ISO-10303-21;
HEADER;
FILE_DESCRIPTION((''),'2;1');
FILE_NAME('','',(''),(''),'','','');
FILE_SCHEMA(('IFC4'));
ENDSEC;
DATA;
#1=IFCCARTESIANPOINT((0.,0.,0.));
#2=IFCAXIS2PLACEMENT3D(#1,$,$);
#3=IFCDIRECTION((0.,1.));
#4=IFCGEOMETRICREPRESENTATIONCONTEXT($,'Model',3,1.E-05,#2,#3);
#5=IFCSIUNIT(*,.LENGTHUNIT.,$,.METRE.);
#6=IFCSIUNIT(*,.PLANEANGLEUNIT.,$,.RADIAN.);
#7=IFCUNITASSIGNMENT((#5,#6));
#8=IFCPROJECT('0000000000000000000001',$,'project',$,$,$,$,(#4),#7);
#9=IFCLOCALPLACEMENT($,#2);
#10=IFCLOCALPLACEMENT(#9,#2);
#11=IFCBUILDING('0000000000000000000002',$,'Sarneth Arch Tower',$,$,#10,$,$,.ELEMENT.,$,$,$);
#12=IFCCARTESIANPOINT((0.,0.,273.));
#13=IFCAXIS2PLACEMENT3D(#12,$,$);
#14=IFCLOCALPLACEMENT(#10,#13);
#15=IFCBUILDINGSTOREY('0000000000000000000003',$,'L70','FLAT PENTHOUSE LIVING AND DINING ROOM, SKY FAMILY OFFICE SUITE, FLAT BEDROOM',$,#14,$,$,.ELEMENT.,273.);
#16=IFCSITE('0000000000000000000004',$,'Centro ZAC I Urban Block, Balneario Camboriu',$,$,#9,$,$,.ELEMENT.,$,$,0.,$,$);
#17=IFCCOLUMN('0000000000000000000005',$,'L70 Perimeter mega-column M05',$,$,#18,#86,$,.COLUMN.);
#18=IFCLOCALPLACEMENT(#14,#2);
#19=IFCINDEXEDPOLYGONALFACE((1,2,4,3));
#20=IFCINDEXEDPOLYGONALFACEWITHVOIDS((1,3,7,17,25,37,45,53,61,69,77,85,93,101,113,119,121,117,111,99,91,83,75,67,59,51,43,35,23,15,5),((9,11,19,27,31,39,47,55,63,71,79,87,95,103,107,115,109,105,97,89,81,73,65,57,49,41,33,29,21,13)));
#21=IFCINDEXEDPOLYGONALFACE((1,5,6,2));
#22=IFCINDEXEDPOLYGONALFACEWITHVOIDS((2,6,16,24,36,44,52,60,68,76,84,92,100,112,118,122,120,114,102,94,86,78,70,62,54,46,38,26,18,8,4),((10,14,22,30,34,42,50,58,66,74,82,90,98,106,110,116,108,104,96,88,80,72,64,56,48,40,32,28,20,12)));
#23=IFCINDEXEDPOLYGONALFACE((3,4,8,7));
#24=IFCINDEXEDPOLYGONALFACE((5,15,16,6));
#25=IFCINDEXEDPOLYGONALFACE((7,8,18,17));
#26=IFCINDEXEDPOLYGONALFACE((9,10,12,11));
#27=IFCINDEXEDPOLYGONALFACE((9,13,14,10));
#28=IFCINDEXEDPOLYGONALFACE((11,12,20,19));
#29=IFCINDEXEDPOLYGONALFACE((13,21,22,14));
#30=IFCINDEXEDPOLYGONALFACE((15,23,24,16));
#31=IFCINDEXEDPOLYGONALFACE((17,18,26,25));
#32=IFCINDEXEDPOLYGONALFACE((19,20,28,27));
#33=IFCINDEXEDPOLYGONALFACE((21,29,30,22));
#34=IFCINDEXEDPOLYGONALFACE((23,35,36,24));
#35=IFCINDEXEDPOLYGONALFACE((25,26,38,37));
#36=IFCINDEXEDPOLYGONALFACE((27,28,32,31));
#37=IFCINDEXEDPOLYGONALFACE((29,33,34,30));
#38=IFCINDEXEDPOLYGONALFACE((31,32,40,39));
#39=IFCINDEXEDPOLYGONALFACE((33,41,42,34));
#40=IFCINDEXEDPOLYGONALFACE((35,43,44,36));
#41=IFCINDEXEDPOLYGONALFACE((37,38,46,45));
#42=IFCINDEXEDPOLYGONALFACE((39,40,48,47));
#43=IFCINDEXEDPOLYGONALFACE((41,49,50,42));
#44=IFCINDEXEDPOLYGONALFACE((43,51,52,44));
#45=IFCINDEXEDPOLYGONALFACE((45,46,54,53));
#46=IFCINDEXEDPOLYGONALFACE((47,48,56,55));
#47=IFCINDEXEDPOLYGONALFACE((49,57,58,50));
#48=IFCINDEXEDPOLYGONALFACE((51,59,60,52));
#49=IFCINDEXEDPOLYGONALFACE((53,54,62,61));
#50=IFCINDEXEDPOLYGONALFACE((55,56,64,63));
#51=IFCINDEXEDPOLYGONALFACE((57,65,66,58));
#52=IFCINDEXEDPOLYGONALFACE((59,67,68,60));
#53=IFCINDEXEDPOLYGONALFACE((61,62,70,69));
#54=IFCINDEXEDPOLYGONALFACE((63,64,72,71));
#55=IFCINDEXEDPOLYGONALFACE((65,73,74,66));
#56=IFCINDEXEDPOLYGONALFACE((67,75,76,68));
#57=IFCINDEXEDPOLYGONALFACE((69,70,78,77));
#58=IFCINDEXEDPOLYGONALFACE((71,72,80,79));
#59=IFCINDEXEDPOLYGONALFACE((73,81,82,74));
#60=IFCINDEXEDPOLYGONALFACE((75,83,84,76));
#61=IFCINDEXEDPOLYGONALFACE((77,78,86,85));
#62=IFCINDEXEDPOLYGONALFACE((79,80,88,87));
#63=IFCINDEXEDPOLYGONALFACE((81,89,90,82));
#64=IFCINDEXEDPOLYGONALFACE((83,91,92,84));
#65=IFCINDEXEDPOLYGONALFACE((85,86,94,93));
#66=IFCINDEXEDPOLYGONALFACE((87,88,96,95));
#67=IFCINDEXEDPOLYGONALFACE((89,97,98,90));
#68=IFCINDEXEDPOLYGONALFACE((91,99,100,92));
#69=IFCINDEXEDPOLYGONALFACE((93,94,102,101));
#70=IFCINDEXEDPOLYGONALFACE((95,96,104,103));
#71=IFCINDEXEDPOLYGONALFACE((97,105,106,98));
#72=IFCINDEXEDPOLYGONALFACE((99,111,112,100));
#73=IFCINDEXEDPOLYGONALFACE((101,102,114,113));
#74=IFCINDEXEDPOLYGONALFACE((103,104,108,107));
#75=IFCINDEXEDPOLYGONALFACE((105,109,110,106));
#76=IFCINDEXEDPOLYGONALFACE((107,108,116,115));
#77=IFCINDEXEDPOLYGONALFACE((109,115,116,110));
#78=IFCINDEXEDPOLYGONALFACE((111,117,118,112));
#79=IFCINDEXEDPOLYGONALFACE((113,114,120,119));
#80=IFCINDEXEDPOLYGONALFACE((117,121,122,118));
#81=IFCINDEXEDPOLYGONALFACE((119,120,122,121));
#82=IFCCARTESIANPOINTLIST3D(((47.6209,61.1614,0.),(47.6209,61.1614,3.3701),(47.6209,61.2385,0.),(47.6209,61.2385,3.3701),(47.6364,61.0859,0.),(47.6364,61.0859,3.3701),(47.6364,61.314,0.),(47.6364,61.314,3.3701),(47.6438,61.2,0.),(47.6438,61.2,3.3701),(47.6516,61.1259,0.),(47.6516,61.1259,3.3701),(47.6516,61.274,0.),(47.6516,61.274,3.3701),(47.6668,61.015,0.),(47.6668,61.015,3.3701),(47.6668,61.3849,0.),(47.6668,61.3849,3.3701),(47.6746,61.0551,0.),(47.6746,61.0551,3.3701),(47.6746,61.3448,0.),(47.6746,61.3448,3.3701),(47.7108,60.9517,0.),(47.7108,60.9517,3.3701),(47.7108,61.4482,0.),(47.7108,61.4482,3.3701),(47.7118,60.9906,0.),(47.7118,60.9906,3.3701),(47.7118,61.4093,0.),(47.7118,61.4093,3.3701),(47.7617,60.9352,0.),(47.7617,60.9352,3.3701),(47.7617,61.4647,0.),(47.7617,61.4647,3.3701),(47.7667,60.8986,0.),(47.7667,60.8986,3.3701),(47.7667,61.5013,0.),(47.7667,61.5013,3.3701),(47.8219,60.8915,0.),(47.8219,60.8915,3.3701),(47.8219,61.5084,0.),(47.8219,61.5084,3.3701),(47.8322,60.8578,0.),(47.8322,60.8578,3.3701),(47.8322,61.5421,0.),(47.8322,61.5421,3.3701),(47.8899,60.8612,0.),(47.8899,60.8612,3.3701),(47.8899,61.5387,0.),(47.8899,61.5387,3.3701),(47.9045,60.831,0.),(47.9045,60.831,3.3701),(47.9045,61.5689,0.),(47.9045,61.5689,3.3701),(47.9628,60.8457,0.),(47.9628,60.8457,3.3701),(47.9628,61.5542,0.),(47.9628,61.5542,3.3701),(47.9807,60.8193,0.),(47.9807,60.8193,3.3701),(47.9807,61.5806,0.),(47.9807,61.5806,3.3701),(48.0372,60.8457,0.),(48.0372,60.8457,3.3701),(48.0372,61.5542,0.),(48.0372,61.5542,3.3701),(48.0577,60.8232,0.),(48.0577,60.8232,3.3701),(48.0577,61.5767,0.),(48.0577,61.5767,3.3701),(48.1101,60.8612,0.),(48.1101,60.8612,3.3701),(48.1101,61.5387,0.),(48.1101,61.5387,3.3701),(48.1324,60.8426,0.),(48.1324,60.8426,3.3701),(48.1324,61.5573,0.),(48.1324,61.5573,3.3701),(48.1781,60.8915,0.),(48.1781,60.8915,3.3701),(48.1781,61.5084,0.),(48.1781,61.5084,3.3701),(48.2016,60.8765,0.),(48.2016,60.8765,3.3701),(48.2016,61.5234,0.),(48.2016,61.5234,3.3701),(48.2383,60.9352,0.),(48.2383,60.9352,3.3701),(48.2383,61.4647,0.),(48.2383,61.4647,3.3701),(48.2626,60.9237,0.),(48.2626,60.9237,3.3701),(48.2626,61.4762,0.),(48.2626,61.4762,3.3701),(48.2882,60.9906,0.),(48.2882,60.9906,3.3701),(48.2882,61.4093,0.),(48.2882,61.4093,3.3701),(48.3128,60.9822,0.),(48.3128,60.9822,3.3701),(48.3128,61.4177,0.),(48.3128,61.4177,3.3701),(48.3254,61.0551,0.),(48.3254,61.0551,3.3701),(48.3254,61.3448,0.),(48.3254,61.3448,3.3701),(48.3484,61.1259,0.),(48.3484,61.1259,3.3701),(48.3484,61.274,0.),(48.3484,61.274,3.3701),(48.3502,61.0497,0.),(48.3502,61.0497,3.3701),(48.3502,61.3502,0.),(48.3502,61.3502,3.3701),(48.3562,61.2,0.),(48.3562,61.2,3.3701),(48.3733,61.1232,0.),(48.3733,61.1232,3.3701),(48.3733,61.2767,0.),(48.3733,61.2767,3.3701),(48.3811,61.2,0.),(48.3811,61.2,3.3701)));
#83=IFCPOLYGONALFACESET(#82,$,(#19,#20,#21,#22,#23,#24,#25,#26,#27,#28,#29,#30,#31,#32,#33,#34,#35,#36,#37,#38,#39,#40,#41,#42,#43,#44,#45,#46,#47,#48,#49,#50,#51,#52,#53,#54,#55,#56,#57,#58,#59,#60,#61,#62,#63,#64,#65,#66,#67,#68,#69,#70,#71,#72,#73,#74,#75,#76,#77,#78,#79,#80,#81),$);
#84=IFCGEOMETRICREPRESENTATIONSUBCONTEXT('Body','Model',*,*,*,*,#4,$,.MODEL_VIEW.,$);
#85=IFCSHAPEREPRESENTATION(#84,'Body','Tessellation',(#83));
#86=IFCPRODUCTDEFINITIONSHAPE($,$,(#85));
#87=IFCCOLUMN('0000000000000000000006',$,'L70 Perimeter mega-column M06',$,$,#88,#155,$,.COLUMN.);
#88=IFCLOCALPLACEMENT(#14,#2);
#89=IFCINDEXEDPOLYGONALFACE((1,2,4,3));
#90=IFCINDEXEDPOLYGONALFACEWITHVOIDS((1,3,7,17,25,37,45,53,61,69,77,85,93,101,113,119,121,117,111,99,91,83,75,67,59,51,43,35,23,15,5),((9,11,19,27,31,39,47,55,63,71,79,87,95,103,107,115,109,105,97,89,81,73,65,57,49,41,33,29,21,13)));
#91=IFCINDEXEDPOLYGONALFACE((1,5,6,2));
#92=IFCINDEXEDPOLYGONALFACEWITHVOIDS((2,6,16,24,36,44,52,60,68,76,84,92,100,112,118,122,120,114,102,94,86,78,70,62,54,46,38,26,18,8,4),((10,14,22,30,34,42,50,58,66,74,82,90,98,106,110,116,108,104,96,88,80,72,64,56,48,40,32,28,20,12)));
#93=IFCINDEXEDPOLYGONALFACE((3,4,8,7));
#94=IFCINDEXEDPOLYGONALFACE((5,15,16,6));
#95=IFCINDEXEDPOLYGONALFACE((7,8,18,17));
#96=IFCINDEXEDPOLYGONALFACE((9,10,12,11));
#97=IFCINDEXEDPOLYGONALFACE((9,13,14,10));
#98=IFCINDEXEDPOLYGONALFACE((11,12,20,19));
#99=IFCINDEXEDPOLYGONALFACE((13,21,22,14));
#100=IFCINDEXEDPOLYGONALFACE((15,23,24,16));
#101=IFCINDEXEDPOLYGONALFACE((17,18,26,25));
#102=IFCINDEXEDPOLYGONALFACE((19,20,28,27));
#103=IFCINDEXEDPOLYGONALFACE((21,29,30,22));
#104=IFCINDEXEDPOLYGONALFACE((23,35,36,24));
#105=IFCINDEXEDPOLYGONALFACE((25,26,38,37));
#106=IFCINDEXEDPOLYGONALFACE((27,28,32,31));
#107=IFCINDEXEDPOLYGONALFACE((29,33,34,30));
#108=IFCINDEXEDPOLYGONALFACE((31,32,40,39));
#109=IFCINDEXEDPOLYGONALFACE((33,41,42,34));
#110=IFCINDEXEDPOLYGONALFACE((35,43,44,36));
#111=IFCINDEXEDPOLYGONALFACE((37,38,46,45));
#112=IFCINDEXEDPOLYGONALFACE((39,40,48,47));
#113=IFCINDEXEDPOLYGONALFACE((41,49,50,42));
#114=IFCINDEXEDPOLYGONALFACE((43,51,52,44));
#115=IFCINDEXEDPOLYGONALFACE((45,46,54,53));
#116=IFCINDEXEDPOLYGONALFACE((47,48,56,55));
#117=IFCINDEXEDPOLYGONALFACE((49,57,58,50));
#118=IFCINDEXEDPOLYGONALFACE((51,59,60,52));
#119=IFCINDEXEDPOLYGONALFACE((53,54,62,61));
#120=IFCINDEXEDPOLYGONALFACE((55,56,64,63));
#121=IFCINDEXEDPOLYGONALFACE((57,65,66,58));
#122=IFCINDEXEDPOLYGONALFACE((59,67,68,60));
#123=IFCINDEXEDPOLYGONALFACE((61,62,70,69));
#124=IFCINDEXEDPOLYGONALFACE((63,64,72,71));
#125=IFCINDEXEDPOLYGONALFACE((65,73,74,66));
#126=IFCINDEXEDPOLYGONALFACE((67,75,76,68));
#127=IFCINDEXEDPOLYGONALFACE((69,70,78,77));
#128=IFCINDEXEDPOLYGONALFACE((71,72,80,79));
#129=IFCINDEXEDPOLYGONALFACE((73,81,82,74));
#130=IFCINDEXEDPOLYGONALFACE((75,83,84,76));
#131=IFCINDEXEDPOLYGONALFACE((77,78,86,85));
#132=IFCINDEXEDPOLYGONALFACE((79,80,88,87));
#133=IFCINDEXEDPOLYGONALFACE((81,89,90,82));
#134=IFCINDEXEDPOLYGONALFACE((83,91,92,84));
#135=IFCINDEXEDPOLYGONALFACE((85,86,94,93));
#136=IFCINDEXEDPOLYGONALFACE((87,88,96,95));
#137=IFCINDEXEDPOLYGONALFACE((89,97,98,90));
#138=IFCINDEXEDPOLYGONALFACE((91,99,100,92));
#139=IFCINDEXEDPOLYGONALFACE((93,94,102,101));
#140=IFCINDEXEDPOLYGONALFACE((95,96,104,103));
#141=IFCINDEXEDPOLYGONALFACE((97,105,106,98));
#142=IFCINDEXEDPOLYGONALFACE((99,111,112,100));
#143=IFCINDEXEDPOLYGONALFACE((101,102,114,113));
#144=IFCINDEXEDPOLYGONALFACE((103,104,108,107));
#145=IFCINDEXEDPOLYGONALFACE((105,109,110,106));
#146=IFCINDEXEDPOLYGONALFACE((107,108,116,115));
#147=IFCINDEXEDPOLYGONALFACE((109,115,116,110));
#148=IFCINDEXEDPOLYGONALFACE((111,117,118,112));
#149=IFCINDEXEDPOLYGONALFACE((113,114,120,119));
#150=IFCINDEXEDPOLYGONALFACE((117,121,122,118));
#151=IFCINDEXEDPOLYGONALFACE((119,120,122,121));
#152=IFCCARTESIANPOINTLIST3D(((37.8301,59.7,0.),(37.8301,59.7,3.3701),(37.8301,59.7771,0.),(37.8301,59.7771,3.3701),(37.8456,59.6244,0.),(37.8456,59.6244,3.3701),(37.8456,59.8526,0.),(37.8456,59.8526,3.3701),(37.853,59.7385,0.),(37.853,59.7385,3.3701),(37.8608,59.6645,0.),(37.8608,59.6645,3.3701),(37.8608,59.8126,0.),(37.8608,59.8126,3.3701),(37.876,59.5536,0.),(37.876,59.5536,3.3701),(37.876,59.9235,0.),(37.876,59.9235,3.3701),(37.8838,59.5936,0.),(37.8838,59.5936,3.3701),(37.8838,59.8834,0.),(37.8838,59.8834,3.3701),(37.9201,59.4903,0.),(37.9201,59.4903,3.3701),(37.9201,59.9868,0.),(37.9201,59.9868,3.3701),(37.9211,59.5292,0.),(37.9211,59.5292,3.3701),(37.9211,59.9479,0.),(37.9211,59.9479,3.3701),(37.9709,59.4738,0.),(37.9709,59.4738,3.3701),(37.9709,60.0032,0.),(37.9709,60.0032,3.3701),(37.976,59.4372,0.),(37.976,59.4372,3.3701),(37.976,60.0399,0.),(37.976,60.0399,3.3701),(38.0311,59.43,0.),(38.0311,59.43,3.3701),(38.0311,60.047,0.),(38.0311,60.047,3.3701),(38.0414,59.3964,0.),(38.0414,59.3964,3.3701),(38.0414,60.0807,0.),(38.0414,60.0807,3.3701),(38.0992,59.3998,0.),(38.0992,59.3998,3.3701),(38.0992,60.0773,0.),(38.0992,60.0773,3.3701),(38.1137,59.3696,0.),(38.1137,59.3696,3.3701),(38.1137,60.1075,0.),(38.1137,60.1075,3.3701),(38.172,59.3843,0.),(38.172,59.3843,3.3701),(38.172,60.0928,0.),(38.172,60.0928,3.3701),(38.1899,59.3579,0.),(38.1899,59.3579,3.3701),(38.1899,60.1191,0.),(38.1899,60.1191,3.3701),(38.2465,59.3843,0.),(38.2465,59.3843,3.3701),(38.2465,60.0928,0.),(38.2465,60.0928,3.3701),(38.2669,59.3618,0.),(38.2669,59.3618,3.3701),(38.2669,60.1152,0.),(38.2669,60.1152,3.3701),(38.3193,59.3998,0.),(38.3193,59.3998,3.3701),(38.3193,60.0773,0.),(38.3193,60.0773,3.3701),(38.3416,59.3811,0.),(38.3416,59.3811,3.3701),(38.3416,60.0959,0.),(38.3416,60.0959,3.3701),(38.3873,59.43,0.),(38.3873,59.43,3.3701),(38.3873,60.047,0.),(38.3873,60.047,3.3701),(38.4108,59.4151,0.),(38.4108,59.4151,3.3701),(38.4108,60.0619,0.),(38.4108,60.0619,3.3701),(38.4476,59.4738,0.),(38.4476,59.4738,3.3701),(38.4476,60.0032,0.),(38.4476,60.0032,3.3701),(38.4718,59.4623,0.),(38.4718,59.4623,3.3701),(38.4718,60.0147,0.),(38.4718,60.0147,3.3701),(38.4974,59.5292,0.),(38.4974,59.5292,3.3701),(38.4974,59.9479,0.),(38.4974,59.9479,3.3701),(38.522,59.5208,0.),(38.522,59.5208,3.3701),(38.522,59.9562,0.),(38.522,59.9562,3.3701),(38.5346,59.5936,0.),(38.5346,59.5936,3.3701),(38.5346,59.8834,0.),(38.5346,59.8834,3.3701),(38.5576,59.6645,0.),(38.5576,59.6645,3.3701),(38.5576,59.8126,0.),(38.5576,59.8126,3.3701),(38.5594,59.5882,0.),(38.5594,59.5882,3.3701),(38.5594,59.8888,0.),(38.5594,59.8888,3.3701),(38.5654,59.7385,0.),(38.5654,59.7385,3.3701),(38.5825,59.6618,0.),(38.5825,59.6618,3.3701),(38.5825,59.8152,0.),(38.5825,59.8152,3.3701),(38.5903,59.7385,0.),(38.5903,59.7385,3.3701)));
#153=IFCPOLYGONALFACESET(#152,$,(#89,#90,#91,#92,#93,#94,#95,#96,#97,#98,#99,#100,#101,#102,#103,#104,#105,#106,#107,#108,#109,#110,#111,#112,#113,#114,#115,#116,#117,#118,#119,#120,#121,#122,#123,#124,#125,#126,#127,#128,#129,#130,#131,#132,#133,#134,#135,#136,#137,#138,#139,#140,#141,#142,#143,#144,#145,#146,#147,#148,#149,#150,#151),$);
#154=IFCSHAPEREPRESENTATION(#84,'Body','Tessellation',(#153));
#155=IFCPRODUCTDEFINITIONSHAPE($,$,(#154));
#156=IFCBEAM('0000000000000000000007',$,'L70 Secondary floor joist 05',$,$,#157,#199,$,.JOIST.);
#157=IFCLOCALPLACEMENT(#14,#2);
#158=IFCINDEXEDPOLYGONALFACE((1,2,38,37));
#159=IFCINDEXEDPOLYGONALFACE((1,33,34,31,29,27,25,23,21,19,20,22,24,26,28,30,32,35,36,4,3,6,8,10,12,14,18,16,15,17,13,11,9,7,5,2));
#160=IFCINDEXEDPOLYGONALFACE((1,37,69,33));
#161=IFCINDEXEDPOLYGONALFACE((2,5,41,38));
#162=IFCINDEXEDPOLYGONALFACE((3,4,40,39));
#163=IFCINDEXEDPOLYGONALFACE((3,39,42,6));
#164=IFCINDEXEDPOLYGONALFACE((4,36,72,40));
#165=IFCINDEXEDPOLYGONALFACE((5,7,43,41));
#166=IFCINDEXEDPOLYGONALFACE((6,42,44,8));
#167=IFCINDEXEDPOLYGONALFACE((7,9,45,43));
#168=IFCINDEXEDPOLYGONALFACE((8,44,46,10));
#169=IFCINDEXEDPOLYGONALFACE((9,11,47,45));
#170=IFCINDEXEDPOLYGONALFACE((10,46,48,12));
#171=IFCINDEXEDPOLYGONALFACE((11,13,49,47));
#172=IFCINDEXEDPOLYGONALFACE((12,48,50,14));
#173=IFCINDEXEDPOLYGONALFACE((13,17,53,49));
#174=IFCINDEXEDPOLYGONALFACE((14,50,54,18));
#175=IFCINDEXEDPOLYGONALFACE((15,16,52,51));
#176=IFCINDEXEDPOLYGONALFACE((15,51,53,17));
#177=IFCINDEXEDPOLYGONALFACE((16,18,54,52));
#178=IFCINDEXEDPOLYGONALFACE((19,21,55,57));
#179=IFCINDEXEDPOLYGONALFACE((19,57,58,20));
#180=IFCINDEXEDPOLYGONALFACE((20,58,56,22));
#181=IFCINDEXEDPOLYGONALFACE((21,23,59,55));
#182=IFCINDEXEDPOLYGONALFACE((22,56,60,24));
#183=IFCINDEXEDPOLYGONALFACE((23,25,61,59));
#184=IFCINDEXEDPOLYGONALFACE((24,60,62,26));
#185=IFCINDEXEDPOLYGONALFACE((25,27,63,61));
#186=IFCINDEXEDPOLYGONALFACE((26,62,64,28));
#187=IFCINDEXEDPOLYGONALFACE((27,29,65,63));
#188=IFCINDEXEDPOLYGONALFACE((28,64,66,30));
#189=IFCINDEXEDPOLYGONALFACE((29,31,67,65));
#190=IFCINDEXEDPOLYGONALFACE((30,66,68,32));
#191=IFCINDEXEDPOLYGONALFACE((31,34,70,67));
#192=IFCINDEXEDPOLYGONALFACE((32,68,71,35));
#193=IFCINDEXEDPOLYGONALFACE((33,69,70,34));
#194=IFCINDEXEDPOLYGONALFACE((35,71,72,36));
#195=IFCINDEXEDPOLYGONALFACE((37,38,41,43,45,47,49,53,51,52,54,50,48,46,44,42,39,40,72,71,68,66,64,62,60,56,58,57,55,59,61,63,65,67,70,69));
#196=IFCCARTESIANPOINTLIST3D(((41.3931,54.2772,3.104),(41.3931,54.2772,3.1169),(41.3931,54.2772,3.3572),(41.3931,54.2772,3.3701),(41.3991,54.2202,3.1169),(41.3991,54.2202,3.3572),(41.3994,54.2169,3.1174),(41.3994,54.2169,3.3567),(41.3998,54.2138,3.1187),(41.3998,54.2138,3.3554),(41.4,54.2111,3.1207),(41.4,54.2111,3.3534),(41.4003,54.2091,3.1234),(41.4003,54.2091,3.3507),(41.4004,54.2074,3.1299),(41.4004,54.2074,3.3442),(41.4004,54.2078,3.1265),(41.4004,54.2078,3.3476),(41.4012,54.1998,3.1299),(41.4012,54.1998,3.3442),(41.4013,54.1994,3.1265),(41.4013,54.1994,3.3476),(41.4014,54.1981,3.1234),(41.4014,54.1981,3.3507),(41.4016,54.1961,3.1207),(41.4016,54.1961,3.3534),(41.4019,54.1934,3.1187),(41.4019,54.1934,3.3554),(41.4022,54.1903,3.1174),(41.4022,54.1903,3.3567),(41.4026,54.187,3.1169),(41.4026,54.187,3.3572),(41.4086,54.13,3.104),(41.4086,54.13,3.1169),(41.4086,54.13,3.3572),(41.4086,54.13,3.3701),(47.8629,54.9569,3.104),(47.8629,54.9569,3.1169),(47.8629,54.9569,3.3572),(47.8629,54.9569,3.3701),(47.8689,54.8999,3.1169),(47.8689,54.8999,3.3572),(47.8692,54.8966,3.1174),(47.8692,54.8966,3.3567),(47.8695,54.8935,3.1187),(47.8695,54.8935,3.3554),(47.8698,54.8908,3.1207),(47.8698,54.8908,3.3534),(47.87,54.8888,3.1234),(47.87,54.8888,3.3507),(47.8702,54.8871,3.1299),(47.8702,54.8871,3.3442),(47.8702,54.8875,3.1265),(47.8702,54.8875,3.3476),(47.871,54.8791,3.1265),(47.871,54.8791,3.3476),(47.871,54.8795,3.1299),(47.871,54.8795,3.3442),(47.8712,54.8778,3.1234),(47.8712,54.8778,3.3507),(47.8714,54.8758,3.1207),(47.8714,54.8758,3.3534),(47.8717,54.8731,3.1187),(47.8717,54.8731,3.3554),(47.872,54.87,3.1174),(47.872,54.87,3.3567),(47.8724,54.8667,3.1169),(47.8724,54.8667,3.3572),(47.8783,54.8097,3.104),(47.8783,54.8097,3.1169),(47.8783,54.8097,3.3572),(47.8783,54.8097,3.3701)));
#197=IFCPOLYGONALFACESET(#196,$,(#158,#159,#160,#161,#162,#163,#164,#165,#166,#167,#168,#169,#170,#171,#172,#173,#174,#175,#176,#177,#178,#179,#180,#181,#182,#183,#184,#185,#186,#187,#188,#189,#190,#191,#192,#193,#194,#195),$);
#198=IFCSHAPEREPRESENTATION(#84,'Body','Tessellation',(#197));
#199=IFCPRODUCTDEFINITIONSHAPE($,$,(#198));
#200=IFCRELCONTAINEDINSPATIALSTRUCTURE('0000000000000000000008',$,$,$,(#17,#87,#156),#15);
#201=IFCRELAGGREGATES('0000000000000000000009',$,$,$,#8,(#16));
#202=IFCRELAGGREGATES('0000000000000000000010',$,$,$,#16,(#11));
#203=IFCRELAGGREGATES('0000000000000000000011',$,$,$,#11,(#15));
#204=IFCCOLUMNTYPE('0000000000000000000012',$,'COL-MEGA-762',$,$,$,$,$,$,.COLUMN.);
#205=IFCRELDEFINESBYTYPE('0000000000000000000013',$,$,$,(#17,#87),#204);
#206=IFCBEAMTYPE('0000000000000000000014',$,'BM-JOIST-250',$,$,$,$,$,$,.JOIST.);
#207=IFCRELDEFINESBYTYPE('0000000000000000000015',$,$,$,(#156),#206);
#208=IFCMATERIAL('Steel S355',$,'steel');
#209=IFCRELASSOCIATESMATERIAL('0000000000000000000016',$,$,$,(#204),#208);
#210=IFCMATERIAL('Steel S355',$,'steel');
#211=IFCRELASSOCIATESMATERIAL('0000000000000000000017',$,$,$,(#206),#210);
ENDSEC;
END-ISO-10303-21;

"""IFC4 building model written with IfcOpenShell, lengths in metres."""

from ifc_helpers import new_model, si_unit, direction, frame, origin, origin_2d, place, context, subcontext, project, spatial, hollow_circle, i_section, extrude, material, material_profile, profile_set, type_object, element, save


model = new_model("IFC4")

# Units and contexts
model_context = context("Model", 3, precision=1e-05, world=origin(), true_north=direction((0.0, 1.0)))
body_context = subcontext(model_context, "Body", "Model", "MODEL_VIEW")
ifc_project = project(units=[si_unit("LENGTHUNIT", "METRE"), si_unit("PLANEANGLEUNIT", "RADIAN")], contexts=[model_context])

# Site, building, storey
site_placement = place(None, origin())
site = spatial("IfcSite", under=ifc_project, at=site_placement, Name="Centro ZAC I Urban Block, Balneario Camboriu", CompositionType="ELEMENT", RefElevation=0.0)
building_placement = place(site_placement, origin())
building = spatial("IfcBuilding", under=site, at=building_placement, Name="Sarneth Arch Tower", CompositionType="ELEMENT")
storey_placement = place(building_placement, frame((0.0, 0.0, 273.0)))
storey = spatial("IfcBuildingStorey", under=building, at=storey_placement, Name="L70", Description="FLAT PENTHOUSE LIVING AND DINING ROOM, SKY FAMILY OFFICE SUITE, FLAT BEDROOM", CompositionType="ELEMENT", Elevation=273.0)

# Columns
ifc_material_1 = material(Name="Steel S355", Category="steel")
ifc_material_profile_1 = material_profile(ifc_material_1, hollow_circle(Radius=0.3811, WallThickness=0.0249, at=origin_2d()), Name="CHS762x25")
ifc_profile_set_1 = profile_set([ifc_material_profile_1], Name="Steel S355")
column_type = type_object("IfcColumnType", Name="COL-MEGA-762", PredefinedType="COLUMN", material=ifc_profile_set_1)
for number, where, z_axis, x_axis, name in (
    (1, (48.0, 61.2, 0.0), (0.0, 0.0, 1.0), (1.0, 0.0, 0.0), "L70 Perimeter mega-column M05"),
    (2, (38.2092, 59.7385, 0.0), (0.0, 0.0, 1.0), (1.0, 0.0, 0.0), "L70 Perimeter mega-column M06"),
):
    element("IfcColumn", number, at=place(storey_placement, frame(where, z_axis=z_axis, x_axis=x_axis)), inside=storey, type_object=column_type, Name=name, PredefinedType="COLUMN", context=body_context, shape_type="SweptSolid", body=[
        extrude(hollow_circle(Radius=0.3811, WallThickness=0.0249, at=origin_2d()), origin(), (0.0, 0.0, 1.0), 3.3701),
    ])

# Beam
ifc_material_2 = material(Name="Steel S355", Category="steel")
ifc_material_profile_2 = material_profile(ifc_material_2, i_section(OverallWidth=0.1479, OverallDepth=0.2661, WebThickness=0.0076, FlangeThickness=0.0129, FilletRadius=0.0129, at=origin_2d()), Name="W250x44.8")
ifc_profile_set_2 = profile_set([ifc_material_profile_2], Name="Steel S355")
beam_type_1 = type_object("IfcBeamType", Name="BM-JOIST-250", PredefinedType="JOIST", material=ifc_profile_set_2)
beam_1_placement = place(storey_placement, frame((47.8706, 54.8833, 3.2371), z_axis=(-0.994527, -0.104482, 0.0), x_axis=(0.104482, -0.994527, 0.0)))
element("IfcBeam", 3, at=beam_1_placement, inside=storey, type_object=beam_type_1, Name="L70 Secondary floor joist 05", PredefinedType="JOIST", context=body_context, shape_type="SweptSolid", body=[
    extrude(i_section(OverallWidth=0.1479, OverallDepth=0.2661, WebThickness=0.0076, FlangeThickness=0.0129, FilletRadius=0.0129, at=origin_2d()), origin(), (0.0, 0.0, 1.0), 6.5054),
])

save(model, "model.ifc")
